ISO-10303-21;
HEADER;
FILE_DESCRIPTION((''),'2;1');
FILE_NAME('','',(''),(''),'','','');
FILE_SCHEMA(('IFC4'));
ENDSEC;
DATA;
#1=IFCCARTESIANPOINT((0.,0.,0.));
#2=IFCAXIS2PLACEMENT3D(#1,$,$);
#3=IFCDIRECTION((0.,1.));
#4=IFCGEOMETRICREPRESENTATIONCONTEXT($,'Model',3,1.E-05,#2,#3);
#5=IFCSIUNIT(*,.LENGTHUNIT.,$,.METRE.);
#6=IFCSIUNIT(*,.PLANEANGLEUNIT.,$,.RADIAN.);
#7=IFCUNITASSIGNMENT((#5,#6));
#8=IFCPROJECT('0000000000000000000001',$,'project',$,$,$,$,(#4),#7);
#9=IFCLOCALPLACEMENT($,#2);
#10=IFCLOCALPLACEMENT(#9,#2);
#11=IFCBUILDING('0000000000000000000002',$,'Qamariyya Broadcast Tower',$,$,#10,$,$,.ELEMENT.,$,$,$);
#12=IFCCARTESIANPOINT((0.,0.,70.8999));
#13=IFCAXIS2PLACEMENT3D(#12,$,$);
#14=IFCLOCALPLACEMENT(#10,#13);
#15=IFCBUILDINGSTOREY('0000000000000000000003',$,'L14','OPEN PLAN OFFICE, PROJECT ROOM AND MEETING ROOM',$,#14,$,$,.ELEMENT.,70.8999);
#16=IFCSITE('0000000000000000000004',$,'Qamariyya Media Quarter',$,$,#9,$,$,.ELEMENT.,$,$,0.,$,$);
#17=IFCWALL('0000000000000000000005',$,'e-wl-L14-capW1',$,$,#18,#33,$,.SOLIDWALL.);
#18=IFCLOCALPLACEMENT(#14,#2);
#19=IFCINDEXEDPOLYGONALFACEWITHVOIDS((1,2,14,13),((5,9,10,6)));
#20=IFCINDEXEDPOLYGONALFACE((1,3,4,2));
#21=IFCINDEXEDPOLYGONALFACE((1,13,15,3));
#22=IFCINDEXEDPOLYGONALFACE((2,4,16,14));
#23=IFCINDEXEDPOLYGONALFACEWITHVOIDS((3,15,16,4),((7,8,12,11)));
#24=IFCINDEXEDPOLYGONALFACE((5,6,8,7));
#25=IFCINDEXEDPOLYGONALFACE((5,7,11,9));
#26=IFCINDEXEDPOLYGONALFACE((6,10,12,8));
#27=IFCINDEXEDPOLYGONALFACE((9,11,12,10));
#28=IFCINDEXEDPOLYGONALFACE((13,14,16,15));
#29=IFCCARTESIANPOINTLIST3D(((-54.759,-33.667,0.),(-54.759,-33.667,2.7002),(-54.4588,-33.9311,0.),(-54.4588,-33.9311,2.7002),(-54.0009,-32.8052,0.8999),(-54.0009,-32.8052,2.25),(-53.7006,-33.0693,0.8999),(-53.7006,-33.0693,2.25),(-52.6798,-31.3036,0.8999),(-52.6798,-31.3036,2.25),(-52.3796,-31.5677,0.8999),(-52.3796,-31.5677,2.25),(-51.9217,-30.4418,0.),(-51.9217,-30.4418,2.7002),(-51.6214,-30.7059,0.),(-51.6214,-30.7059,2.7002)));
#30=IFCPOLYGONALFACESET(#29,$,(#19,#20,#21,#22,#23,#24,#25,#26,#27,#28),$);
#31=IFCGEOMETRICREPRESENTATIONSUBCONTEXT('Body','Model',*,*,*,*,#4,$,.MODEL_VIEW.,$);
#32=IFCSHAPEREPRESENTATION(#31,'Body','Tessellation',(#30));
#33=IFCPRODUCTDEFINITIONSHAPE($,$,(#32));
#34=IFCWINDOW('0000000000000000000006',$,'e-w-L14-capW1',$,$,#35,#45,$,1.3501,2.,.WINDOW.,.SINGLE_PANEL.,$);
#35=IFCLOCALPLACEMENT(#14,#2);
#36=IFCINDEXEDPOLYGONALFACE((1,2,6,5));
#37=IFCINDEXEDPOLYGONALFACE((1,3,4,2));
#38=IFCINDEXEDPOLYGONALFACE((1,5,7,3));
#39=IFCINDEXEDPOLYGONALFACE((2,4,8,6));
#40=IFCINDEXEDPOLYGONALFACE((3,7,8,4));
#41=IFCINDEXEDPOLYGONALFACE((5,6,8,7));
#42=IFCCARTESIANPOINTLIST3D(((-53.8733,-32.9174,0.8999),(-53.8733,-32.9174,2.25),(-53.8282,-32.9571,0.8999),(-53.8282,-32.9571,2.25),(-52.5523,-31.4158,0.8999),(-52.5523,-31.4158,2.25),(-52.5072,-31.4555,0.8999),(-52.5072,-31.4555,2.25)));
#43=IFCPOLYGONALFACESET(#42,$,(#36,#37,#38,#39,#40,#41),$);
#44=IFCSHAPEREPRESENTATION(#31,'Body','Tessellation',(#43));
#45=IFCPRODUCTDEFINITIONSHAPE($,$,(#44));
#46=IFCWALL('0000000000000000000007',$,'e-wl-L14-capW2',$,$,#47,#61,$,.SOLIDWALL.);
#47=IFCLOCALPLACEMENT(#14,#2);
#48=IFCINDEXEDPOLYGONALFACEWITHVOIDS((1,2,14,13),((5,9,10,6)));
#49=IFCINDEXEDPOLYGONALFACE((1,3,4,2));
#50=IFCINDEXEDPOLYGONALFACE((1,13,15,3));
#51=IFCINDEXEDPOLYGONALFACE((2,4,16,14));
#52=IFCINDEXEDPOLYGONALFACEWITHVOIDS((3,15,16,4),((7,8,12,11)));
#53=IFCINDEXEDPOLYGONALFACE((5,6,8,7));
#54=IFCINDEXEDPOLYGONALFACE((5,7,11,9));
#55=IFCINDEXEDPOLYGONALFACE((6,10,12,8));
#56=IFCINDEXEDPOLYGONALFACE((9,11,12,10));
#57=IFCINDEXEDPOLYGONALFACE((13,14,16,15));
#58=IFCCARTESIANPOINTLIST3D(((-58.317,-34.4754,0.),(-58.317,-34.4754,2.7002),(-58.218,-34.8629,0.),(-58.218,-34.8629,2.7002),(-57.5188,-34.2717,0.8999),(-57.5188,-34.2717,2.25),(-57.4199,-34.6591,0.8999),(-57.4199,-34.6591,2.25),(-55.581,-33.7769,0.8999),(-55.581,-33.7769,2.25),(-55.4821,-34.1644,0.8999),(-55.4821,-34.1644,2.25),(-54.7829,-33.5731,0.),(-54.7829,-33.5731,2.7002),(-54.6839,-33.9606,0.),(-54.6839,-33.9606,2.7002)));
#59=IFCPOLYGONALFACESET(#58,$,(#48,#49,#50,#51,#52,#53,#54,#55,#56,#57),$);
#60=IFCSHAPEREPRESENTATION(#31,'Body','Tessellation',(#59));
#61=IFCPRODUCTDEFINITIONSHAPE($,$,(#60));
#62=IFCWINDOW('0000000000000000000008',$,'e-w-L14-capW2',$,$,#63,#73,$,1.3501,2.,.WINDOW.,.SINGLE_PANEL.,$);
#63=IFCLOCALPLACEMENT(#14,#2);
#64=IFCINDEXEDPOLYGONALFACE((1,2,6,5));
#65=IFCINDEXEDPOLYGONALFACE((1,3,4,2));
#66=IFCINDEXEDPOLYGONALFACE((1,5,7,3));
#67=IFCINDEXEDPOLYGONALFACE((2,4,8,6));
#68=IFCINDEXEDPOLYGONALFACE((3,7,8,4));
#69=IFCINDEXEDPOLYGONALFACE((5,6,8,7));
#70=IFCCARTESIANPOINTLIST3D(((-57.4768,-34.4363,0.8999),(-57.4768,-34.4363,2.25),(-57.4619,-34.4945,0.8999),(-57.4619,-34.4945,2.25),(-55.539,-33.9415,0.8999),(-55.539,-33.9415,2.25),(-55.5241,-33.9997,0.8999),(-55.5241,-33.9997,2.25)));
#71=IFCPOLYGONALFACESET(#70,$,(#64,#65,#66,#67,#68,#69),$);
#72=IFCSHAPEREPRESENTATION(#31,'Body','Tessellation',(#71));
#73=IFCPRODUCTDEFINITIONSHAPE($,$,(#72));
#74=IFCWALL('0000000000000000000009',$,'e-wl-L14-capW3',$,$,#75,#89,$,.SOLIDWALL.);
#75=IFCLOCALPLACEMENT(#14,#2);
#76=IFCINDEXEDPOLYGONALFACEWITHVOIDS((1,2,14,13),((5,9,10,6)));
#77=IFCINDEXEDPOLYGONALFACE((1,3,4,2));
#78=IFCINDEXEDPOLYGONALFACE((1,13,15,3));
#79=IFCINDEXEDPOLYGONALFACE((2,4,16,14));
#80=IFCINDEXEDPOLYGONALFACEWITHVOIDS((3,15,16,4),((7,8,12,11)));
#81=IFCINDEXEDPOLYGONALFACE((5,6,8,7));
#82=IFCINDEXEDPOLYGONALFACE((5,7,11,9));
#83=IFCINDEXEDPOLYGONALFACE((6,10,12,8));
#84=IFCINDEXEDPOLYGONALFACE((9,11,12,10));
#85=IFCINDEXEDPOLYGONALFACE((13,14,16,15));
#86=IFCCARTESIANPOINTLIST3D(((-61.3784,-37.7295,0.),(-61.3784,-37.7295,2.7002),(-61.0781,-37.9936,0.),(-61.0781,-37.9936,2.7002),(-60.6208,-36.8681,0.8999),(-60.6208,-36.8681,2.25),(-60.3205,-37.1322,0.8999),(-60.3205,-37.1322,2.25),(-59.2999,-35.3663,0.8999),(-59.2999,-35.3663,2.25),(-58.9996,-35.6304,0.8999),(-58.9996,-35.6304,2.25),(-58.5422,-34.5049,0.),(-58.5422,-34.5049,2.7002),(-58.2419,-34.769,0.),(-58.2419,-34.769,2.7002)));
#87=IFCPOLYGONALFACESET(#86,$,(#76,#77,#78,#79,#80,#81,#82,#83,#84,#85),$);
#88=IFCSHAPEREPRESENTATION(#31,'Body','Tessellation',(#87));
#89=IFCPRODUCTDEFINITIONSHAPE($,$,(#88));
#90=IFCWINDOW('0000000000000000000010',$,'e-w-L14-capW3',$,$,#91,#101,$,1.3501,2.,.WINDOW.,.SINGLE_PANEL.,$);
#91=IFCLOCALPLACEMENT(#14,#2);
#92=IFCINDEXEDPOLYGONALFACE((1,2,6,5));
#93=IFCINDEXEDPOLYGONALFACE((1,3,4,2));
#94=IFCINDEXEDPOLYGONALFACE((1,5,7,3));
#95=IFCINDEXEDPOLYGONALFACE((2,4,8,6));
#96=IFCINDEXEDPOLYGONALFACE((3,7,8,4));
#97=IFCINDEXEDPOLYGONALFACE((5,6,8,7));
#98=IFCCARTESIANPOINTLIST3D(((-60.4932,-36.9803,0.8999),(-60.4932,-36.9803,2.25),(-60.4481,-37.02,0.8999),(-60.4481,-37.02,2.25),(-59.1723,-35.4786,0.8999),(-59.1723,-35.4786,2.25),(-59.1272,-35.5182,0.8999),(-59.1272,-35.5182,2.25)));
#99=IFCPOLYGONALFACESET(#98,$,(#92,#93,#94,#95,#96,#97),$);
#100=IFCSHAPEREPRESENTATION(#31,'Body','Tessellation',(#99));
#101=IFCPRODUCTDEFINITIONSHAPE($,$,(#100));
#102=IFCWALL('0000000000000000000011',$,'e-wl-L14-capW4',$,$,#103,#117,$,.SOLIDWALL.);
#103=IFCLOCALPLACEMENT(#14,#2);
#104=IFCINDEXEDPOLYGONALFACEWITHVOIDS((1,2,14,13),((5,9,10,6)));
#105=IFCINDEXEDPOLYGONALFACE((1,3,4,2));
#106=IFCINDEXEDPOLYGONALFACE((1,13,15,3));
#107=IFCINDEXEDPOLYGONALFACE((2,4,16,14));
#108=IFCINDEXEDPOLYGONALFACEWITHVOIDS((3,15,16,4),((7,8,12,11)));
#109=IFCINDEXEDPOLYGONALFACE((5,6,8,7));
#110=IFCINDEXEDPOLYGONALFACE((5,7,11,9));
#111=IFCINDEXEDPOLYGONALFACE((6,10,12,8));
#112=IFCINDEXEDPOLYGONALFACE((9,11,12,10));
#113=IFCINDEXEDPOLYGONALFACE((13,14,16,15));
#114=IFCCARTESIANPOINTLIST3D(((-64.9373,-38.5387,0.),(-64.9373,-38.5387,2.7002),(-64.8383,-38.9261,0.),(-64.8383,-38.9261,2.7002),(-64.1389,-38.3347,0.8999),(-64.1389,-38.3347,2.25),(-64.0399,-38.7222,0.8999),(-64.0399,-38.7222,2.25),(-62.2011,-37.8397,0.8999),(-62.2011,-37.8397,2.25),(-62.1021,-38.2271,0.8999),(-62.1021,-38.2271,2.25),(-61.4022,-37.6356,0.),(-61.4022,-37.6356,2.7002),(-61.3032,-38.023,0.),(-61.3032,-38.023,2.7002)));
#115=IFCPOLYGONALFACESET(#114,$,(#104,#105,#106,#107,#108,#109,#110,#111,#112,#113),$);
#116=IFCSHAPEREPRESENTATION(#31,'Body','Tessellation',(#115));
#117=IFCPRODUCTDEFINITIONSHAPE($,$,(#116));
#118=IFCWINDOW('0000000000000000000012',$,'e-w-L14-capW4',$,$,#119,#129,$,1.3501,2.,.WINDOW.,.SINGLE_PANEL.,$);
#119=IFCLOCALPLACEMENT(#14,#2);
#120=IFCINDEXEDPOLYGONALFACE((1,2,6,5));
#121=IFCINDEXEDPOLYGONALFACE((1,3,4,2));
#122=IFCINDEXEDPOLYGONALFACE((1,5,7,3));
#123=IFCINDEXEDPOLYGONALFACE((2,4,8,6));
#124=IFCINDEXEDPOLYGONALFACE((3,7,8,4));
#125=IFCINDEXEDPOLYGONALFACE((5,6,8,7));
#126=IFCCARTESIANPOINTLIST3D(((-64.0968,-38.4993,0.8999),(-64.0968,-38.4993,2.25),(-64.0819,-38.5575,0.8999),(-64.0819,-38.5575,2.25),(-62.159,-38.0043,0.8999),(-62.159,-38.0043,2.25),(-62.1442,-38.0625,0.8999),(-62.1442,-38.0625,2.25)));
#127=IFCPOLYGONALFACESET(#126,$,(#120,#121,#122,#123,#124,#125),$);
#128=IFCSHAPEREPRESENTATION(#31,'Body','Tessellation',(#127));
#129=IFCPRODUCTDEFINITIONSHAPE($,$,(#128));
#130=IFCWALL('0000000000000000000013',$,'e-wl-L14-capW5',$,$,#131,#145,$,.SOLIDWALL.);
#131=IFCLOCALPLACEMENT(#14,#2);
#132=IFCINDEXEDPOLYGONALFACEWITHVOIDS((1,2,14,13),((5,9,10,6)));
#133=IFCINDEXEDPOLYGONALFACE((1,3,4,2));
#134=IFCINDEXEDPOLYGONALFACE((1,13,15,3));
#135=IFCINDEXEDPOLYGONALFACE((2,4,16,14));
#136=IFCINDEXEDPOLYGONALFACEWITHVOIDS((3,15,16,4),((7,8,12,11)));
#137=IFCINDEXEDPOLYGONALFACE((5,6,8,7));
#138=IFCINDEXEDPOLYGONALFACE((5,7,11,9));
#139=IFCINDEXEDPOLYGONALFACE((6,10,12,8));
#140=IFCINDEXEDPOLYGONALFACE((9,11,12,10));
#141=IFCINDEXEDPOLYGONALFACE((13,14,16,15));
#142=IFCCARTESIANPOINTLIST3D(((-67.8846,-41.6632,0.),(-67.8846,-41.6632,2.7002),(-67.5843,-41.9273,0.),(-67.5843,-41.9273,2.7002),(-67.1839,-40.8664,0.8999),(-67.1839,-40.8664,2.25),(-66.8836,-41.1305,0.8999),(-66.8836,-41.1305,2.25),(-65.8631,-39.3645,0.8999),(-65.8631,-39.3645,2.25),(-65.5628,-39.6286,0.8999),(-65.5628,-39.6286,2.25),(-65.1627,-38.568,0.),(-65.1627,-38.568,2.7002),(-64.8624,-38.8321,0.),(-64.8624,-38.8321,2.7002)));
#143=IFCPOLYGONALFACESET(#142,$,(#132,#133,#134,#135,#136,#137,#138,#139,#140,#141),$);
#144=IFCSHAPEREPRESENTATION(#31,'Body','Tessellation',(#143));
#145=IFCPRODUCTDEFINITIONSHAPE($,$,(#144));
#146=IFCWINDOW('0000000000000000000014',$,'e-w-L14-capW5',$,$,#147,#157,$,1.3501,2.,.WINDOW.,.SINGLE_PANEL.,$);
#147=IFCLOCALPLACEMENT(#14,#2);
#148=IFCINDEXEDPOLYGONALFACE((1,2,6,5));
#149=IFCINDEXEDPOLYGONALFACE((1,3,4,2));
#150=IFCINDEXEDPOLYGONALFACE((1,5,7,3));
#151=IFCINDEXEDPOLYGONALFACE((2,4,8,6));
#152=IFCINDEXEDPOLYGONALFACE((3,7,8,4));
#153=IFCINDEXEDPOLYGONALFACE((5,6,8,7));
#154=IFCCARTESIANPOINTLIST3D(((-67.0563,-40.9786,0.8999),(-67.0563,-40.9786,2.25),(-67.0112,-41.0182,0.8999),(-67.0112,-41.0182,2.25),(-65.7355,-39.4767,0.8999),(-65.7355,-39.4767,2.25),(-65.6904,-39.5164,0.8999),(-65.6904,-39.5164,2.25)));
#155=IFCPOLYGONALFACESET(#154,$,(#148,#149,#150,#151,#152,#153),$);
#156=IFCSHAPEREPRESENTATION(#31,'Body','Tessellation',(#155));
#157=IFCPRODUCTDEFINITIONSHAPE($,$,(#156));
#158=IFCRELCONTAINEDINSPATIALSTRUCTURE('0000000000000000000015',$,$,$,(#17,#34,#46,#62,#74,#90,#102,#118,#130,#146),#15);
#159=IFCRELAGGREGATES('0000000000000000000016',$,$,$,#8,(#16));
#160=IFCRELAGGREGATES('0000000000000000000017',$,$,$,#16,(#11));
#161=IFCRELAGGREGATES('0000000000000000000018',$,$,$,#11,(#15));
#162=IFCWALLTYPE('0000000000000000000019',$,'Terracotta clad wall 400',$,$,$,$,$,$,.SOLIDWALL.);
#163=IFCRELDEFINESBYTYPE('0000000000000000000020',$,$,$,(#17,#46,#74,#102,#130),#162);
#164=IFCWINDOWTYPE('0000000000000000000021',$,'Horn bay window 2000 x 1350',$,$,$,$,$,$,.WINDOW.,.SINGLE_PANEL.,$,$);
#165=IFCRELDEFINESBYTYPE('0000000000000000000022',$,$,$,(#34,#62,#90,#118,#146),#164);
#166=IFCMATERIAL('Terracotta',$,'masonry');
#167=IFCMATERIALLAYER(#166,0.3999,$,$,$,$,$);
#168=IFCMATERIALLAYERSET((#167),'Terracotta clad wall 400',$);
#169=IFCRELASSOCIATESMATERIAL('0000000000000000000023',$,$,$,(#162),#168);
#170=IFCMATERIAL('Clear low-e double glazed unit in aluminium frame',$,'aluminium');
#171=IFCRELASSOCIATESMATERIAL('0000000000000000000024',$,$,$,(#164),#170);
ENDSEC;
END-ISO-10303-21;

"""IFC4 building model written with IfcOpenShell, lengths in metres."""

from ifc_helpers import new_model, si_unit, direction, frame, frame_2d, origin, place, context, subcontext, project, spatial, rectangle, extrude, material, layer, layer_set, type_object, element, fill, save


model = new_model("IFC4")

# Units and contexts
model_context = context("Model", 3, precision=1e-05, world=origin(), true_north=direction((0.0, 1.0)))
body_context = subcontext(model_context, "Body", "Model", "MODEL_VIEW")
ifc_project = project(units=[si_unit("LENGTHUNIT", "METRE"), si_unit("PLANEANGLEUNIT", "RADIAN")], contexts=[model_context])

# Site, building, storey
site_placement = place(None, origin())
site = spatial("IfcSite", under=ifc_project, at=site_placement, Name="Qamariyya Media Quarter", CompositionType="ELEMENT", RefElevation=0.0)
building_placement = place(site_placement, origin())
building = spatial("IfcBuilding", under=site, at=building_placement, Name="Qamariyya Broadcast Tower", CompositionType="ELEMENT")
storey_placement = place(building_placement, frame((0.0, 0.0, 70.8999)))
storey = spatial("IfcBuildingStorey", under=building, at=storey_placement, Name="L14", Description="OPEN PLAN OFFICE, PROJECT ROOM AND MEETING ROOM", CompositionType="ELEMENT", Elevation=70.8999)

# Walls, openings, windows
ifc_material_1 = material(Name="Terracotta", Category="masonry")
ifc_layer = layer(ifc_material_1, 0.3999)
ifc_layer_set = layer_set([ifc_layer], Name="Terracotta clad wall 400")
wall_type = type_object("IfcWallType", Name="Terracotta clad wall 400", PredefinedType="SOLIDWALL", material=ifc_layer_set)
ifc_material_2 = material(Name="Clear low-e double glazed unit in aluminium frame", Category="aluminium")
window_type = type_object("IfcWindowType", Name="Horn bay window 2000 x 1350", PartitioningType="SINGLE_PANEL", PredefinedType="WINDOW", material=ifc_material_2)
wall_1_placement = place(storey_placement, frame((-51.7715, -30.5737, 0.0), z_axis=(0.0, 0.0, 1.0), x_axis=(-0.66051, -0.750817, 0.0)))
wall_1 = element("IfcWall", 1, at=wall_1_placement, inside=storey, type_object=wall_type, Name="e-wl-L14-capW1", PredefinedType="SOLIDWALL", context=body_context, shape_type="SweptSolid", body=[
    extrude(rectangle(XDim=4.2957, YDim=0.3999, at=frame_2d((2.1479, 0.0))), origin(), (0.0, 0.0, 1.0), 2.7002),
])
opening_1_placement = place(wall_1_placement, frame((1.1479, 0.0, 0.8999)))
opening_1 = element("IfcOpeningElement", 2, at=opening_1_placement, cuts=wall_1, PredefinedType="OPENING", context=body_context, shape_type="SweptSolid", body=[
    extrude(rectangle(XDim=2.0, YDim=1.3501, at=frame_2d((1.0, 0.675))), frame((0.0, 0.21, 0.0), z_axis=(0.0, -1.0, 0.0), x_axis=(1.0, 0.0, 0.0)), (0.0, 0.0, 1.0), 0.4199),
])
window_1_placement = place(opening_1_placement, origin())
window_1 = element("IfcWindow", 3, at=window_1_placement, inside=storey, type_object=window_type, Name="e-w-L14-capW1", OverallHeight=1.3501, OverallWidth=2.0, PartitioningType="SINGLE_PANEL", PredefinedType="WINDOW", context=body_context, shape_type="SweptSolid", body=[
    extrude(rectangle(XDim=2.0, YDim=1.3501, at=frame_2d((1.0, 0.675))), frame((0.0, 0.03, 0.0), z_axis=(0.0, -1.0, 0.0), x_axis=(1.0, 0.0, 0.0)), (0.0, 0.0, 1.0), 0.0601),
])
fill(opening_1, window_1)
wall_2_placement = place(storey_placement, frame((-54.7334, -33.7668, 0.0), z_axis=(0.0, 0.0, 1.0), x_axis=(-0.968918, -0.247383, 0.0)))
wall_2 = element("IfcWall", 4, at=wall_2_placement, inside=storey, type_object=wall_type, Name="e-wl-L14-capW2", PredefinedType="SOLIDWALL", context=body_context, shape_type="SweptSolid", body=[
    extrude(rectangle(XDim=3.6475, YDim=0.3999, at=frame_2d((1.8237, 0.0))), origin(), (0.0, 0.0, 1.0), 2.7002),
])
opening_2_placement = place(wall_2_placement, frame((0.8237, 0.0, 0.8999)))
opening_2 = element("IfcOpeningElement", 5, at=opening_2_placement, cuts=wall_2, PredefinedType="OPENING", context=body_context, shape_type="SweptSolid", body=[
    extrude(rectangle(XDim=2.0, YDim=1.3501, at=frame_2d((1.0, 0.675))), frame((0.0, 0.21, 0.0), z_axis=(0.0, -1.0, 0.0), x_axis=(1.0, 0.0, 0.0)), (0.0, 0.0, 1.0), 0.4199),
])
window_2_placement = place(opening_2_placement, origin())
window_2 = element("IfcWindow", 6, at=window_2_placement, inside=storey, type_object=window_type, Name="e-w-L14-capW2", OverallHeight=1.3501, OverallWidth=2.0, PartitioningType="SINGLE_PANEL", PredefinedType="WINDOW", context=body_context, shape_type="SweptSolid", body=[
    extrude(rectangle(XDim=2.0, YDim=1.3501, at=frame_2d((1.0, 0.675))), frame((0.0, 0.03, 0.0), z_axis=(0.0, -1.0, 0.0), x_axis=(1.0, 0.0, 0.0)), (0.0, 0.0, 1.0), 0.0601),
])
fill(opening_2, window_2)
wall_3_placement = place(storey_placement, frame((-58.3921, -34.637, 0.0), z_axis=(0.0, 0.0, 1.0), x_axis=(-0.660434, -0.750884, 0.0)))
wall_3 = element("IfcWall", 7, at=wall_3_placement, inside=storey, type_object=wall_type, Name="e-wl-L14-capW3", PredefinedType="SOLIDWALL", context=body_context, shape_type="SweptSolid", body=[
    extrude(rectangle(XDim=4.2944, YDim=0.3999, at=frame_2d((2.1472, 0.0))), origin(), (0.0, 0.0, 1.0), 2.7002),
])
opening_3_placement = place(wall_3_placement, frame((1.1472, 0.0, 0.8999)))
opening_3 = element("IfcOpeningElement", 8, at=opening_3_placement, cuts=wall_3, PredefinedType="OPENING", context=body_context, shape_type="SweptSolid", body=[
    extrude(rectangle(XDim=2.0, YDim=1.3501, at=frame_2d((1.0, 0.675))), frame((0.0, 0.21, 0.0), z_axis=(0.0, -1.0, 0.0), x_axis=(1.0, 0.0, 0.0)), (0.0, 0.0, 1.0), 0.4199),
])
window_3_placement = place(opening_3_placement, origin())
window_3 = element("IfcWindow", 9, at=window_3_placement, inside=storey, type_object=window_type, Name="e-w-L14-capW3", OverallHeight=1.3501, OverallWidth=2.0, PartitioningType="SINGLE_PANEL", PredefinedType="WINDOW", context=body_context, shape_type="SweptSolid", body=[
    extrude(rectangle(XDim=2.0, YDim=1.3501, at=frame_2d((1.0, 0.675))), frame((0.0, 0.03, 0.0), z_axis=(0.0, -1.0, 0.0), x_axis=(1.0, 0.0, 0.0)), (0.0, 0.0, 1.0), 0.0601),
])
fill(opening_3, window_3)
wall_4_placement = place(storey_placement, frame((-61.3528, -37.8293, 0.0), z_axis=(0.0, 0.0, 1.0), x_axis=(-0.968886, -0.247508, 0.0)))
wall_4 = element("IfcWall", 10, at=wall_4_placement, inside=storey, type_object=wall_type, Name="e-wl-L14-capW4", PredefinedType="SOLIDWALL", context=body_context, shape_type="SweptSolid", body=[
    extrude(rectangle(XDim=3.6487, YDim=0.3999, at=frame_2d((1.8242, 0.0))), origin(), (0.0, 0.0, 1.0), 2.7002),
])
opening_4_placement = place(wall_4_placement, frame((0.8245, 0.0, 0.8999)))
opening_4 = element("IfcOpeningElement", 11, at=opening_4_placement, cuts=wall_4, PredefinedType="OPENING", context=body_context, shape_type="SweptSolid", body=[
    extrude(rectangle(XDim=2.0, YDim=1.3501, at=frame_2d((1.0, 0.675))), frame((0.0, 0.21, 0.0), z_axis=(0.0, -1.0, 0.0), x_axis=(1.0, 0.0, 0.0)), (0.0, 0.0, 1.0), 0.4199),
])
window_4_placement = place(opening_4_placement, origin())
window_4 = element("IfcWindow", 12, at=window_4_placement, inside=storey, type_object=window_type, Name="e-w-L14-capW4", OverallHeight=1.3501, OverallWidth=2.0, PartitioningType="SINGLE_PANEL", PredefinedType="WINDOW", context=body_context, shape_type="SweptSolid", body=[
    extrude(rectangle(XDim=2.0, YDim=1.3501, at=frame_2d((1.0, 0.675))), frame((0.0, 0.03, 0.0), z_axis=(0.0, -1.0, 0.0), x_axis=(1.0, 0.0, 0.0)), (0.0, 0.0, 1.0), 0.0601),
])
fill(opening_4, window_4)
wall_5_placement = place(storey_placement, frame((-65.0125, -38.7, 0.0), z_axis=(0.0, 0.0, 1.0), x_axis=(-0.660373, -0.750938, 0.0)))
wall_5 = element("IfcWall", 13, at=wall_5_placement, inside=storey, type_object=wall_type, Name="e-wl-L14-capW5", PredefinedType="SOLIDWALL", context=body_context, shape_type="SweptSolid", body=[
    extrude(rectangle(XDim=4.1218, YDim=0.3999, at=frame_2d((2.061, 0.0))), origin(), (0.0, 0.0, 1.0), 2.7002),
])
opening_5_placement = place(wall_5_placement, frame((1.0608, 0.0, 0.8999)))
opening_5 = element("IfcOpeningElement", 14, at=opening_5_placement, cuts=wall_5, PredefinedType="OPENING", context=body_context, shape_type="SweptSolid", body=[
    extrude(rectangle(XDim=2.0, YDim=1.3501, at=frame_2d((1.0, 0.675))), frame((0.0, 0.21, 0.0), z_axis=(0.0, -1.0, 0.0), x_axis=(1.0, 0.0, 0.0)), (0.0, 0.0, 1.0), 0.4199),
])
window_5_placement = place(opening_5_placement, origin())
window_5 = element("IfcWindow", 15, at=window_5_placement, inside=storey, type_object=window_type, Name="e-w-L14-capW5", OverallHeight=1.3501, OverallWidth=2.0, PartitioningType="SINGLE_PANEL", PredefinedType="WINDOW", context=body_context, shape_type="SweptSolid", body=[
    extrude(rectangle(XDim=2.0, YDim=1.3501, at=frame_2d((1.0, 0.675))), frame((0.0, 0.03, 0.0), z_axis=(0.0, -1.0, 0.0), x_axis=(1.0, 0.0, 0.0)), (0.0, 0.0, 1.0), 0.0601),
])
fill(opening_5, window_5)

save(model, "model.ifc")
